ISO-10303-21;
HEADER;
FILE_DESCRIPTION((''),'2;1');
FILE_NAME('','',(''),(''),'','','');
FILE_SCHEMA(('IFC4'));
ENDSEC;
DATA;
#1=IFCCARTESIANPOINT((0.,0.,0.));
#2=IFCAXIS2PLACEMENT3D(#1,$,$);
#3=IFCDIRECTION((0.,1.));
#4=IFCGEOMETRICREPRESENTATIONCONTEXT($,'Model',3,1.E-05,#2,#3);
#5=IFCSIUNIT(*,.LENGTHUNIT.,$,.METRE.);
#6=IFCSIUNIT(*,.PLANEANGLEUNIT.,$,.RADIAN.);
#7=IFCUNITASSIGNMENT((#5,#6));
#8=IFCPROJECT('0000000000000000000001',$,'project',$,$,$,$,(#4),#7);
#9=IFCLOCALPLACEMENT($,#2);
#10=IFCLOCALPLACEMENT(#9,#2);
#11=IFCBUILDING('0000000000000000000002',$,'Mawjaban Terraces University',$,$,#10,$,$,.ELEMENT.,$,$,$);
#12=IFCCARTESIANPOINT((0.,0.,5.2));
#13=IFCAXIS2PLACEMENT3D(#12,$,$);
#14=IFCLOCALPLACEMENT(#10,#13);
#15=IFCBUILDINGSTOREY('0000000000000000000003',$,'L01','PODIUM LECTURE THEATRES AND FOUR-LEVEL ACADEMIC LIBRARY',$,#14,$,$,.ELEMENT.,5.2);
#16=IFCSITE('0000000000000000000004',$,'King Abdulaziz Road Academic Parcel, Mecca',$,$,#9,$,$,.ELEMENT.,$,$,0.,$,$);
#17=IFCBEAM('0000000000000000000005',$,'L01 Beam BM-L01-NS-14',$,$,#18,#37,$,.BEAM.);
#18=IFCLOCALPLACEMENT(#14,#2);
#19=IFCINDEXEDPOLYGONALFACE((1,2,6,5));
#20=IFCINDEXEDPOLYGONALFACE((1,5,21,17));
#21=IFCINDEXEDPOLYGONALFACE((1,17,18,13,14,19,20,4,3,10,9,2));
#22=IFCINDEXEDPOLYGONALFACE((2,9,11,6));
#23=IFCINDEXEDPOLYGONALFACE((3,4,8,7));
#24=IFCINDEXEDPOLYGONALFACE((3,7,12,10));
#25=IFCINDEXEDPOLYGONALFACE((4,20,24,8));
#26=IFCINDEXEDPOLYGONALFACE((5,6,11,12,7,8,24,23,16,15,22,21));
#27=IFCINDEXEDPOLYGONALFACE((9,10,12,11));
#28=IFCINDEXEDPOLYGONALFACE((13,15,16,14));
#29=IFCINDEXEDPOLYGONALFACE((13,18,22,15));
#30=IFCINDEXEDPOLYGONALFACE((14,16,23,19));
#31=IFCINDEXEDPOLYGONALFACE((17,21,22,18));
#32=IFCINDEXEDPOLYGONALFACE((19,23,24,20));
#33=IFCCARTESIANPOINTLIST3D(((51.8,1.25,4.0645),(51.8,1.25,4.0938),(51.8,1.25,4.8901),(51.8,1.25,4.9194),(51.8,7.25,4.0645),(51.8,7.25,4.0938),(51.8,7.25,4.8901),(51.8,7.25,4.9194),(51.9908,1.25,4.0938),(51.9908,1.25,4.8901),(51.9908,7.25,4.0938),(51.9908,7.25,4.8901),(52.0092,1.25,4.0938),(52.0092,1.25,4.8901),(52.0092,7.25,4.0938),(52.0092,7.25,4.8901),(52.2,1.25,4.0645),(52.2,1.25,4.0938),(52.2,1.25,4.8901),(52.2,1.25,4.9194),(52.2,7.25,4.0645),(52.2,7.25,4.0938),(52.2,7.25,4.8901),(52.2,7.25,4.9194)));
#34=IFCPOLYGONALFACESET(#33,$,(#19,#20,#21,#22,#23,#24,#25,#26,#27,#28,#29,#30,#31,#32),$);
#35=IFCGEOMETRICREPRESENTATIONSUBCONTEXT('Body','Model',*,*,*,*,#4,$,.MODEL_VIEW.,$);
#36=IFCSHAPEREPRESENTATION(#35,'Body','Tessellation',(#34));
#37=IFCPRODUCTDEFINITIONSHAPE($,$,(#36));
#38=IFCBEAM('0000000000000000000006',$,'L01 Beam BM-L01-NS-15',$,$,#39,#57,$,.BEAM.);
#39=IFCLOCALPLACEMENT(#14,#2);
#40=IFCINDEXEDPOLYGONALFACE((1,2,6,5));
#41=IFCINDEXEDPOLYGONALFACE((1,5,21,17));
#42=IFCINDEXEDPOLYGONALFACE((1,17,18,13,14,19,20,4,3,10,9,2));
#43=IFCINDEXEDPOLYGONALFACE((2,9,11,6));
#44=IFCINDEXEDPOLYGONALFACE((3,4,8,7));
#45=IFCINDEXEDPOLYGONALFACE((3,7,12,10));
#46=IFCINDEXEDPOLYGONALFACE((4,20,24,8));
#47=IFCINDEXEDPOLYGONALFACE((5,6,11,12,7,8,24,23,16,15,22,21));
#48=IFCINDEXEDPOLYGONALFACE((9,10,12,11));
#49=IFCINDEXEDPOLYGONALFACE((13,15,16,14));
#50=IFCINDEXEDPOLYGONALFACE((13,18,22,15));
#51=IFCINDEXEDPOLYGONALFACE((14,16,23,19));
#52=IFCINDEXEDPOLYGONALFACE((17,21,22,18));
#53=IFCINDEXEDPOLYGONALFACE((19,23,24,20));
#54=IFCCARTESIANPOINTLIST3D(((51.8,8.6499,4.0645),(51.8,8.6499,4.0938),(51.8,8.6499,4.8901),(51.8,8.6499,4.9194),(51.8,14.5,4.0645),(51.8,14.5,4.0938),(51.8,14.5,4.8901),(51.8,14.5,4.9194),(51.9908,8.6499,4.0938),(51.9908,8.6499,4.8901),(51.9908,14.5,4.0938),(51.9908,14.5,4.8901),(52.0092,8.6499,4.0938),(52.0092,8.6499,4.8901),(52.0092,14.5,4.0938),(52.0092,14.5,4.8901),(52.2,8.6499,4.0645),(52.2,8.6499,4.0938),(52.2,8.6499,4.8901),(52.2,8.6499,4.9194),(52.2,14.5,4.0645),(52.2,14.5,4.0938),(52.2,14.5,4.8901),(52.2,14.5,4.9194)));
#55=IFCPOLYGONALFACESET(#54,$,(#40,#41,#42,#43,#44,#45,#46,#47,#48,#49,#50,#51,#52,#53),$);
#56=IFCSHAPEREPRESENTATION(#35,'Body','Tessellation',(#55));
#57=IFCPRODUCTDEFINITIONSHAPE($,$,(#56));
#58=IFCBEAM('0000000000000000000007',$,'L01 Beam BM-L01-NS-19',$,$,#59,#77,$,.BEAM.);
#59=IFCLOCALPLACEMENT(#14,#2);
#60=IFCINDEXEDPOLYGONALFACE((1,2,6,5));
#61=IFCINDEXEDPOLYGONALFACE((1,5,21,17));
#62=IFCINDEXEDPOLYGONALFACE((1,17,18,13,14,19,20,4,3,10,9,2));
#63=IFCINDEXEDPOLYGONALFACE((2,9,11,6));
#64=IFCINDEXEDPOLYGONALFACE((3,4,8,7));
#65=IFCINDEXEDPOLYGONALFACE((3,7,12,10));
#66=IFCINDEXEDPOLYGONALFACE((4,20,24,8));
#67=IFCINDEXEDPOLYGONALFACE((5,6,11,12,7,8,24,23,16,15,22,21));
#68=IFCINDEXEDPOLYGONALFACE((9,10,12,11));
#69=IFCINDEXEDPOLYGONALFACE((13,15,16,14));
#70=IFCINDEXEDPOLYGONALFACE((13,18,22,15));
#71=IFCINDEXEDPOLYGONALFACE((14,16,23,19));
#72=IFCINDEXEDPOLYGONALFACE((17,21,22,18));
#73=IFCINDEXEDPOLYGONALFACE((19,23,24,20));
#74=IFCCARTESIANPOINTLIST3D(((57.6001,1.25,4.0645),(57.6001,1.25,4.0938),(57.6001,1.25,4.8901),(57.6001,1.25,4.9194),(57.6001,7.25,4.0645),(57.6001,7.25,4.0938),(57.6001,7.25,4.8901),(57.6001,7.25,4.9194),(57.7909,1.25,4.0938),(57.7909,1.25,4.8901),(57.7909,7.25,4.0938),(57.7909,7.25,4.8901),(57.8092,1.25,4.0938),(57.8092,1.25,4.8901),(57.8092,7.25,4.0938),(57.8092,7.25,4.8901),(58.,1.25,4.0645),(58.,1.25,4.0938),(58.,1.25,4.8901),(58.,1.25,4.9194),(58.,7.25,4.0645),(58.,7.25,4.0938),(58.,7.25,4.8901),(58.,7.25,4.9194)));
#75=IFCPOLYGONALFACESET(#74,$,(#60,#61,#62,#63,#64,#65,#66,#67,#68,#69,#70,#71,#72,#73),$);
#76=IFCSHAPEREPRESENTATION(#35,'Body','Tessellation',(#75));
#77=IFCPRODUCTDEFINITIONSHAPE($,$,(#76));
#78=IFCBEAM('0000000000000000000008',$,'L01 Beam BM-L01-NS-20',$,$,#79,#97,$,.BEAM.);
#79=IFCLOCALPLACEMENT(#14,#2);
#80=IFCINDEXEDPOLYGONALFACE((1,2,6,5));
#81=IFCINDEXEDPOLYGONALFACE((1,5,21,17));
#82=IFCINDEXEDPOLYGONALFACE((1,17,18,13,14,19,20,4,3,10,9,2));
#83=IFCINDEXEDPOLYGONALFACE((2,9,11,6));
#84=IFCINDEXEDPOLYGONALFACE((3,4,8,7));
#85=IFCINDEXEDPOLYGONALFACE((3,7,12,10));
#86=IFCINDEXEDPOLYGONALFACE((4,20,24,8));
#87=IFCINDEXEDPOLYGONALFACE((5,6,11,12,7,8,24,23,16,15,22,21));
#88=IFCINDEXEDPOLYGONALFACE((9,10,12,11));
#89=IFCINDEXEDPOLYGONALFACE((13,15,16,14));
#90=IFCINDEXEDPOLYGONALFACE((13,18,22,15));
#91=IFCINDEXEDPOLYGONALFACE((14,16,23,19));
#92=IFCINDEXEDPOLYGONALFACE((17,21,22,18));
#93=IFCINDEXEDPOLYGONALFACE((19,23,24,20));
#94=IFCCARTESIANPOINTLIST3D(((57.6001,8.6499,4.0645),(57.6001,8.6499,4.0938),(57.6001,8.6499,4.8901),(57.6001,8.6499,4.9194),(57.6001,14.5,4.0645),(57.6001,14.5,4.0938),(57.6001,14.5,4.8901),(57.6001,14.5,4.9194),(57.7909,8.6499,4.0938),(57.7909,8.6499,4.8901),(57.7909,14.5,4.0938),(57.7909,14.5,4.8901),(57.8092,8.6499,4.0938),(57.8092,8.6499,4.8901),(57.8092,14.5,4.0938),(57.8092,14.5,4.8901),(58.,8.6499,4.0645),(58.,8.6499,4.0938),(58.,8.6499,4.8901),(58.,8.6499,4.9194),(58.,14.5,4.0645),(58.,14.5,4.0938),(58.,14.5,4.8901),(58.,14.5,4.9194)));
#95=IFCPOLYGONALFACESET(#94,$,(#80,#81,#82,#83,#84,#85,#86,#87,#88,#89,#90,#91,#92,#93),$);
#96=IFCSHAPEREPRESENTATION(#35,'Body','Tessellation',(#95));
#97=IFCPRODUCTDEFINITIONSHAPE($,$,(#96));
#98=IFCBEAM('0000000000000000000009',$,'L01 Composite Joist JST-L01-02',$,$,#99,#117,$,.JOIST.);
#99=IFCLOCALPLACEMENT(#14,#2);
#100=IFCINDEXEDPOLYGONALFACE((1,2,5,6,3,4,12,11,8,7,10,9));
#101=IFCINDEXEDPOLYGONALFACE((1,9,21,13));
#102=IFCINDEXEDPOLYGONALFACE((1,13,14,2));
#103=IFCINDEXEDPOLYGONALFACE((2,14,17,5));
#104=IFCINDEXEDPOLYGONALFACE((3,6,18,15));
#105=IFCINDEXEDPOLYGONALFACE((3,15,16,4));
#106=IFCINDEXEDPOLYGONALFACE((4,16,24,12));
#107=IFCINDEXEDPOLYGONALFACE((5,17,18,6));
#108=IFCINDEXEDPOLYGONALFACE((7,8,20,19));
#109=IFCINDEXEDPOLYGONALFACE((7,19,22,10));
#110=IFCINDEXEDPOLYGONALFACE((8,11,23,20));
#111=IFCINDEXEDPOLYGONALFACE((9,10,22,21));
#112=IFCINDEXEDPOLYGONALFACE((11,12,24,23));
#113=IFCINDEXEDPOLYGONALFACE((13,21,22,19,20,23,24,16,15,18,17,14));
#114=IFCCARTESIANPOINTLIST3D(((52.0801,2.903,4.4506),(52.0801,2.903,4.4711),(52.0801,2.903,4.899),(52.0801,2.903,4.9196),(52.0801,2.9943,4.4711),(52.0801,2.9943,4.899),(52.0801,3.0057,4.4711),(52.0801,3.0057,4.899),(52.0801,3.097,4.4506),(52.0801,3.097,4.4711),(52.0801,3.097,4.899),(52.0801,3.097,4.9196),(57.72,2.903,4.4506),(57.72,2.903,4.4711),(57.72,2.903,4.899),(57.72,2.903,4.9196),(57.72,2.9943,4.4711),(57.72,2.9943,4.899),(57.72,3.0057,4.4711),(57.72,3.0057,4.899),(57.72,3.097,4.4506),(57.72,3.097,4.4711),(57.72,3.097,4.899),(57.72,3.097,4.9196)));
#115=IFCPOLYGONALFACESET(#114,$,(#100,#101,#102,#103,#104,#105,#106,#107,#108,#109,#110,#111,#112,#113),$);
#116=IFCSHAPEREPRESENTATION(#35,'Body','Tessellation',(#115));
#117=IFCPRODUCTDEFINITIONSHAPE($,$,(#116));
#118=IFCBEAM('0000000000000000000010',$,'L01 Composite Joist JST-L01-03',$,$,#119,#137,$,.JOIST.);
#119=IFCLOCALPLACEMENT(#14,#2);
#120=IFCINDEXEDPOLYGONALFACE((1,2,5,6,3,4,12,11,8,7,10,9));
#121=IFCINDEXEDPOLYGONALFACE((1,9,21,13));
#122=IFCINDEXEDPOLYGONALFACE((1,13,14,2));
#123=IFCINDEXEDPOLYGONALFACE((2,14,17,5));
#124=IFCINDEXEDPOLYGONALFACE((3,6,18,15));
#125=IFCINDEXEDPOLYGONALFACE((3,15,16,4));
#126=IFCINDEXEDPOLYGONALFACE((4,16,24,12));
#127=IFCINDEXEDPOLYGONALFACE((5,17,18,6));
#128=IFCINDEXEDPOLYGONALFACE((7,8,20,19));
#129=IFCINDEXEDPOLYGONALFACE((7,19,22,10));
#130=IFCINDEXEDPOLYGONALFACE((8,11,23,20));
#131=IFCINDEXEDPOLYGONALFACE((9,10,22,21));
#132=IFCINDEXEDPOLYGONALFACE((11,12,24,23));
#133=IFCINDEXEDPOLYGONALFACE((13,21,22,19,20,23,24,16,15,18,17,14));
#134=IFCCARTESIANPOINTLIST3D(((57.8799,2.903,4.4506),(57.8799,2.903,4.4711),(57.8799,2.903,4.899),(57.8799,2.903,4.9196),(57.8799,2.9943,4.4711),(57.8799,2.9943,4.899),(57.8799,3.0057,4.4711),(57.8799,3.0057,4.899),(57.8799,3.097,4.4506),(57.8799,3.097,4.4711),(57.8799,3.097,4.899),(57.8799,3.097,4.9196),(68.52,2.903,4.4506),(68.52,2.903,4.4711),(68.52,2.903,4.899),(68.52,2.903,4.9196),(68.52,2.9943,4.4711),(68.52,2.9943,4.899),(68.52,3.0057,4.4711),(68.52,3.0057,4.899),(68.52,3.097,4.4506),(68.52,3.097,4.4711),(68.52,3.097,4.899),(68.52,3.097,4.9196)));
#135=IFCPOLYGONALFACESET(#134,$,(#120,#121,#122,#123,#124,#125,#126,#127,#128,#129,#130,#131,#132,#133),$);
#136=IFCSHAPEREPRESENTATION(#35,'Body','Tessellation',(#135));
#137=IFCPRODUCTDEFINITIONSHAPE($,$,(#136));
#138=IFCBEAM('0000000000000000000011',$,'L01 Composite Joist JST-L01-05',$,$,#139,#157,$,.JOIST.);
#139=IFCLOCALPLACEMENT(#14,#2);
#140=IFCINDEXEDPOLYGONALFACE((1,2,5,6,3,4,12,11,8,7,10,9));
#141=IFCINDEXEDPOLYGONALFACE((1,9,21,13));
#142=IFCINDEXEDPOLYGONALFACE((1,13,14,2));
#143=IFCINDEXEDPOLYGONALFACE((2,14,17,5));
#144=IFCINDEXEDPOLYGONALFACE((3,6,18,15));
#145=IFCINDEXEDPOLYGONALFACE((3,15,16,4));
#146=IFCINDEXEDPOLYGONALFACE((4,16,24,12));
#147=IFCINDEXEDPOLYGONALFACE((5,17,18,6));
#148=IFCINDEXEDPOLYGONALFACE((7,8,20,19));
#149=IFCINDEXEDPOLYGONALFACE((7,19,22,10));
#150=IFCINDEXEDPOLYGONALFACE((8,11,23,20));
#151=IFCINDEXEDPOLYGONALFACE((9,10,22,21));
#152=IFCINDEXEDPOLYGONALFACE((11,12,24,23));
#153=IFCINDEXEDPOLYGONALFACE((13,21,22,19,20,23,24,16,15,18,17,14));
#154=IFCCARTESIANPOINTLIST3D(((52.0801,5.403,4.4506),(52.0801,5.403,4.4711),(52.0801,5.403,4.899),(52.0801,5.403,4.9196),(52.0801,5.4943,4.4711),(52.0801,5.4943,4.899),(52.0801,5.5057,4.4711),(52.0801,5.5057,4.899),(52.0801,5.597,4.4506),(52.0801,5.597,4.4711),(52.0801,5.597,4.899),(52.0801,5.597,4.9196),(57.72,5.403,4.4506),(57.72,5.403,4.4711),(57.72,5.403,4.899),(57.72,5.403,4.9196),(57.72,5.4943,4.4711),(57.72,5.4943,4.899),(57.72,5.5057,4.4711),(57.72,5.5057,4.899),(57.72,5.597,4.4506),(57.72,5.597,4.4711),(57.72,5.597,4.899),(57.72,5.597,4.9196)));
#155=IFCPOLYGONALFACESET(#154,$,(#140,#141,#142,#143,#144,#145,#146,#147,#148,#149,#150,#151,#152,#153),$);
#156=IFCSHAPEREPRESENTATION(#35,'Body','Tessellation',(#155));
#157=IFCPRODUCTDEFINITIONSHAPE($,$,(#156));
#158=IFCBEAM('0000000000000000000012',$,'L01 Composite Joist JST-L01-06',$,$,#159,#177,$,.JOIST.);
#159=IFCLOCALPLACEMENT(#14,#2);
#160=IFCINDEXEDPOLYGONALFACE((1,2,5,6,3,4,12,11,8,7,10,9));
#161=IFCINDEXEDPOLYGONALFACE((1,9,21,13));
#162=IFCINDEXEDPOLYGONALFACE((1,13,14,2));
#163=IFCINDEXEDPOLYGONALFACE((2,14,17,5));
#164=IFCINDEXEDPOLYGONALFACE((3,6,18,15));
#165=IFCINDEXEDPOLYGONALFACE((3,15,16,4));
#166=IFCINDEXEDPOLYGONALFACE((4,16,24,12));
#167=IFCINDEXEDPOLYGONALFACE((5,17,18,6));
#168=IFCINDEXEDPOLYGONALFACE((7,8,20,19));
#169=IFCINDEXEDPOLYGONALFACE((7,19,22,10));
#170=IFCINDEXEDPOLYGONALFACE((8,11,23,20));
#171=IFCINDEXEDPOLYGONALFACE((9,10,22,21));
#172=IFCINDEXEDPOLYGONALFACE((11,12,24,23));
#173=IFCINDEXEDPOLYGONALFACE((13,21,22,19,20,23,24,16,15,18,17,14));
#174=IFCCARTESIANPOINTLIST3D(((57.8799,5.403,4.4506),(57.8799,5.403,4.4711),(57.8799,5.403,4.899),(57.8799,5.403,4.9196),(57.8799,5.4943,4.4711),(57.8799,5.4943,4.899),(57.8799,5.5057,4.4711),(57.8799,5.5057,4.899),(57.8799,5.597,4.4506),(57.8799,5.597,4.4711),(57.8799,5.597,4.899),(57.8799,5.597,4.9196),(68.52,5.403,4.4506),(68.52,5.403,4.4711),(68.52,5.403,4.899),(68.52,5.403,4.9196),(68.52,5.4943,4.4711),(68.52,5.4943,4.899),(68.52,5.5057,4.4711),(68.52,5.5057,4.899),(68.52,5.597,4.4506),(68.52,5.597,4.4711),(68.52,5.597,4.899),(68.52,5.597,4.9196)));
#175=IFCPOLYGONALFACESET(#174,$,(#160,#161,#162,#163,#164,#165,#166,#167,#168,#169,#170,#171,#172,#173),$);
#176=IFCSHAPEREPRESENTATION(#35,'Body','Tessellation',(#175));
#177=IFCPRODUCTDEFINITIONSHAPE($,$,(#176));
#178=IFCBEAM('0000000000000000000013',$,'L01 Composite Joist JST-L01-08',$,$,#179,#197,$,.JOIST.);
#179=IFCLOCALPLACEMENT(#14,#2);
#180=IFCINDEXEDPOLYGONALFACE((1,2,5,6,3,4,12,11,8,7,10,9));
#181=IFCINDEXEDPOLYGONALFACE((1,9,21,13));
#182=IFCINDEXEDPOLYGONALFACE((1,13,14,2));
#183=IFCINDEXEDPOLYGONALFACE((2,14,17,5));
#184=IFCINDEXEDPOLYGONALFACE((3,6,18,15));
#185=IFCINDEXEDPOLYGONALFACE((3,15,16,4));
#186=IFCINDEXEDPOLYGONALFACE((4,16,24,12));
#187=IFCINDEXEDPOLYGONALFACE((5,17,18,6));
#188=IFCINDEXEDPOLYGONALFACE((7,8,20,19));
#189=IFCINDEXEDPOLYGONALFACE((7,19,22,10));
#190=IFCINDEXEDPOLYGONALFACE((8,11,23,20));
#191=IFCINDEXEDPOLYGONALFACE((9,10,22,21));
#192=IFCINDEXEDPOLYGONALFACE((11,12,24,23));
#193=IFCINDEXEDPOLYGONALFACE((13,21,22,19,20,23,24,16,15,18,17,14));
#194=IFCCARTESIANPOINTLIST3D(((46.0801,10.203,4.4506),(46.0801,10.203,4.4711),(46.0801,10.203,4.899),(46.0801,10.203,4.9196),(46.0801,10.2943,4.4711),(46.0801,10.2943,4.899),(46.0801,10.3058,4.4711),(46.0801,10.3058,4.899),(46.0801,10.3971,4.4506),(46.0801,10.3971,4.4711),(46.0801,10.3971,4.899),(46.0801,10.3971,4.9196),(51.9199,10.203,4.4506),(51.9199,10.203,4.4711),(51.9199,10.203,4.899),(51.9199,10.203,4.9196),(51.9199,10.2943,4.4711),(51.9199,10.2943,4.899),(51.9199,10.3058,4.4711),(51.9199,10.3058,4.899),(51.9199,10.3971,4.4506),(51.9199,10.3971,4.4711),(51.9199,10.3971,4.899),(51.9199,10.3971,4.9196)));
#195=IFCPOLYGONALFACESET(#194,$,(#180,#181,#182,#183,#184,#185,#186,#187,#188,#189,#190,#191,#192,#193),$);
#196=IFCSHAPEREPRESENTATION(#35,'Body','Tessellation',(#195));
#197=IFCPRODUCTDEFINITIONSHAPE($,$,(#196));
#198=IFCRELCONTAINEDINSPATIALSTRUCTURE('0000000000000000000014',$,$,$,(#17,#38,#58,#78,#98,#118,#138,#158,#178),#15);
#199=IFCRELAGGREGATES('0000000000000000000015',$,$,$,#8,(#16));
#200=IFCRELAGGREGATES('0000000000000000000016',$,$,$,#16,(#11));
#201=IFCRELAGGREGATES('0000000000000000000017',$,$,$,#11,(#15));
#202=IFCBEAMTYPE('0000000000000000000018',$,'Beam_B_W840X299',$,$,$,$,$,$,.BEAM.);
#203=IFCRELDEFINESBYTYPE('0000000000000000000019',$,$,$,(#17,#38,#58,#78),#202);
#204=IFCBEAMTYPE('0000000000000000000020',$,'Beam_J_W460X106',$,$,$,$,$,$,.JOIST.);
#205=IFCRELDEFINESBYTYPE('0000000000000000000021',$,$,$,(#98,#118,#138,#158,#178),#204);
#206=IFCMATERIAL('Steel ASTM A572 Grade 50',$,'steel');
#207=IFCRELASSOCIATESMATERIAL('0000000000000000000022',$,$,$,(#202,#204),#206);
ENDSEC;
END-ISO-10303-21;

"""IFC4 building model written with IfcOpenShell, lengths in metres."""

from ifc_helpers import new_model, si_unit, direction, frame, origin, origin_2d, place, context, subcontext, project, spatial, i_section, extrude, material, material_profile, profile_set, type_object, element, save


model = new_model("IFC4")

# Units and contexts
model_context = context("Model", 3, precision=1e-05, world=origin(), true_north=direction((0.0, 1.0)))
body_context = subcontext(model_context, "Body", "Model", "MODEL_VIEW")
ifc_project = project(units=[si_unit("LENGTHUNIT", "METRE"), si_unit("PLANEANGLEUNIT", "RADIAN")], contexts=[model_context])

# Site, building, storey
site_placement = place(None, origin())
site = spatial("IfcSite", under=ifc_project, at=site_placement, Name="King Abdulaziz Road Academic Parcel, Mecca", CompositionType="ELEMENT", RefElevation=0.0)
building_placement = place(site_placement, origin())
building = spatial("IfcBuilding", under=site, at=building_placement, Name="Mawjaban Terraces University", CompositionType="ELEMENT")
storey_placement = place(building_placement, frame((0.0, 0.0, 5.2)))
storey = spatial("IfcBuildingStorey", under=building, at=storey_placement, Name="L01", Description="PODIUM LECTURE THEATRES AND FOUR-LEVEL ACADEMIC LIBRARY", CompositionType="ELEMENT", Elevation=5.2)

# Beams
ifc_material_1 = material(Name="Steel ASTM A572 Grade 50", Category="steel")
ifc_material_profile_1 = material_profile(ifc_material_1, i_section(OverallWidth=0.3999, OverallDepth=0.855, WebThickness=0.0183, FlangeThickness=0.0293, at=origin_2d()), Name="W840X299")
ifc_profile_set_1 = profile_set([ifc_material_profile_1], Name="Steel ASTM A572 Grade 50")
beam_type_1 = type_object("IfcBeamType", Name="Beam_B_W840X299", PredefinedType="BEAM", material=ifc_profile_set_1)
beam_1_placement = place(storey_placement, frame((52.0, 1.25, 4.4919), z_axis=(0.0, 1.0, 0.0), x_axis=(-1.0, 0.0, 0.0)))
element("IfcBeam", 1, at=beam_1_placement, inside=storey, type_object=beam_type_1, Name="L01 Beam BM-L01-NS-14", PredefinedType="BEAM", context=body_context, shape_type="SweptSolid", body=[
    extrude(i_section(OverallWidth=0.3999, OverallDepth=0.855, WebThickness=0.0183, FlangeThickness=0.0293, at=origin_2d()), origin(), (0.0, 0.0, 1.0), 6.0),
])
beam_2_placement = place(storey_placement, frame((52.0, 8.6499, 4.4919), z_axis=(0.0, 1.0, 0.0), x_axis=(-1.0, 0.0, 0.0)))
element("IfcBeam", 2, at=beam_2_placement, inside=storey, type_object=beam_type_1, Name="L01 Beam BM-L01-NS-15", PredefinedType="BEAM", context=body_context, shape_type="SweptSolid", body=[
    extrude(i_section(OverallWidth=0.3999, OverallDepth=0.855, WebThickness=0.0183, FlangeThickness=0.0293, at=origin_2d()), origin(), (0.0, 0.0, 1.0), 5.8501),
])
beam_3_placement = place(storey_placement, frame((57.8, 1.25, 4.4919), z_axis=(0.0, 1.0, 0.0), x_axis=(-1.0, 0.0, 0.0)))
element("IfcBeam", 3, at=beam_3_placement, inside=storey, type_object=beam_type_1, Name="L01 Beam BM-L01-NS-19", PredefinedType="BEAM", context=body_context, shape_type="SweptSolid", body=[
    extrude(i_section(OverallWidth=0.3999, OverallDepth=0.855, WebThickness=0.0183, FlangeThickness=0.0293, at=origin_2d()), origin(), (0.0, 0.0, 1.0), 6.0),
])
beam_4_placement = place(storey_placement, frame((57.8, 8.6499, 4.4919), z_axis=(0.0, 1.0, 0.0), x_axis=(-1.0, 0.0, 0.0)))
element("IfcBeam", 4, at=beam_4_placement, inside=storey, type_object=beam_type_1, Name="L01 Beam BM-L01-NS-20", PredefinedType="BEAM", context=body_context, shape_type="SweptSolid", body=[
    extrude(i_section(OverallWidth=0.3999, OverallDepth=0.855, WebThickness=0.0183, FlangeThickness=0.0293, at=origin_2d()), origin(), (0.0, 0.0, 1.0), 5.8501),
])
ifc_material_profile_2 = material_profile(ifc_material_1, i_section(OverallWidth=0.1941, OverallDepth=0.469, WebThickness=0.0115, FlangeThickness=0.0205, at=origin_2d()), Name="W460X106")
ifc_profile_set_2 = profile_set([ifc_material_profile_2], Name="Steel ASTM A572 Grade 50")
beam_type_2 = type_object("IfcBeamType", Name="Beam_J_W460X106", PredefinedType="JOIST", material=ifc_profile_set_2)
beam_5_placement = place(storey_placement, frame((52.0801, 3.0, 4.6851), z_axis=(1.0, 0.0, 0.0), x_axis=(0.0, 1.0, 0.0)))
element("IfcBeam", 5, at=beam_5_placement, inside=storey, type_object=beam_type_2, Name="L01 Composite Joist JST-L01-02", PredefinedType="JOIST", context=body_context, shape_type="SweptSolid", body=[
    extrude(i_section(OverallWidth=0.1941, OverallDepth=0.469, WebThickness=0.0115, FlangeThickness=0.0205, at=origin_2d()), origin(), (0.0, 0.0, 1.0), 5.6399),
])
beam_6_placement = place(storey_placement, frame((57.8799, 3.0, 4.6851), z_axis=(1.0, 0.0, 0.0), x_axis=(0.0, 1.0, 0.0)))
element("IfcBeam", 6, at=beam_6_placement, inside=storey, type_object=beam_type_2, Name="L01 Composite Joist JST-L01-03", PredefinedType="JOIST", context=body_context, shape_type="SweptSolid", body=[
    extrude(i_section(OverallWidth=0.1941, OverallDepth=0.469, WebThickness=0.0115, FlangeThickness=0.0205, at=origin_2d()), origin(), (0.0, 0.0, 1.0), 10.6401),
])
beam_7_placement = place(storey_placement, frame((52.0801, 5.5, 4.6851), z_axis=(1.0, 0.0, 0.0), x_axis=(0.0, 1.0, 0.0)))
element("IfcBeam", 7, at=beam_7_placement, inside=storey, type_object=beam_type_2, Name="L01 Composite Joist JST-L01-05", PredefinedType="JOIST", context=body_context, shape_type="SweptSolid", body=[
    extrude(i_section(OverallWidth=0.1941, OverallDepth=0.469, WebThickness=0.0115, FlangeThickness=0.0205, at=origin_2d()), origin(), (0.0, 0.0, 1.0), 5.6399),
])
beam_8_placement = place(storey_placement, frame((57.8799, 5.5, 4.6851), z_axis=(1.0, 0.0, 0.0), x_axis=(0.0, 1.0, 0.0)))
element("IfcBeam", 8, at=beam_8_placement, inside=storey, type_object=beam_type_2, Name="L01 Composite Joist JST-L01-06", PredefinedType="JOIST", context=body_context, shape_type="SweptSolid", body=[
    extrude(i_section(OverallWidth=0.1941, OverallDepth=0.469, WebThickness=0.0115, FlangeThickness=0.0205, at=origin_2d()), origin(), (0.0, 0.0, 1.0), 10.6401),
])
beam_9_placement = place(storey_placement, frame((46.0801, 10.3, 4.6851), z_axis=(1.0, 0.0, 0.0), x_axis=(0.0, 1.0, 0.0)))
element("IfcBeam", 9, at=beam_9_placement, inside=storey, type_object=beam_type_2, Name="L01 Composite Joist JST-L01-08", PredefinedType="JOIST", context=body_context, shape_type="SweptSolid", body=[
    extrude(i_section(OverallWidth=0.1941, OverallDepth=0.469, WebThickness=0.0115, FlangeThickness=0.0205, at=origin_2d()), origin(), (0.0, 0.0, 1.0), 5.8398),
])

save(model, "model.ifc")
